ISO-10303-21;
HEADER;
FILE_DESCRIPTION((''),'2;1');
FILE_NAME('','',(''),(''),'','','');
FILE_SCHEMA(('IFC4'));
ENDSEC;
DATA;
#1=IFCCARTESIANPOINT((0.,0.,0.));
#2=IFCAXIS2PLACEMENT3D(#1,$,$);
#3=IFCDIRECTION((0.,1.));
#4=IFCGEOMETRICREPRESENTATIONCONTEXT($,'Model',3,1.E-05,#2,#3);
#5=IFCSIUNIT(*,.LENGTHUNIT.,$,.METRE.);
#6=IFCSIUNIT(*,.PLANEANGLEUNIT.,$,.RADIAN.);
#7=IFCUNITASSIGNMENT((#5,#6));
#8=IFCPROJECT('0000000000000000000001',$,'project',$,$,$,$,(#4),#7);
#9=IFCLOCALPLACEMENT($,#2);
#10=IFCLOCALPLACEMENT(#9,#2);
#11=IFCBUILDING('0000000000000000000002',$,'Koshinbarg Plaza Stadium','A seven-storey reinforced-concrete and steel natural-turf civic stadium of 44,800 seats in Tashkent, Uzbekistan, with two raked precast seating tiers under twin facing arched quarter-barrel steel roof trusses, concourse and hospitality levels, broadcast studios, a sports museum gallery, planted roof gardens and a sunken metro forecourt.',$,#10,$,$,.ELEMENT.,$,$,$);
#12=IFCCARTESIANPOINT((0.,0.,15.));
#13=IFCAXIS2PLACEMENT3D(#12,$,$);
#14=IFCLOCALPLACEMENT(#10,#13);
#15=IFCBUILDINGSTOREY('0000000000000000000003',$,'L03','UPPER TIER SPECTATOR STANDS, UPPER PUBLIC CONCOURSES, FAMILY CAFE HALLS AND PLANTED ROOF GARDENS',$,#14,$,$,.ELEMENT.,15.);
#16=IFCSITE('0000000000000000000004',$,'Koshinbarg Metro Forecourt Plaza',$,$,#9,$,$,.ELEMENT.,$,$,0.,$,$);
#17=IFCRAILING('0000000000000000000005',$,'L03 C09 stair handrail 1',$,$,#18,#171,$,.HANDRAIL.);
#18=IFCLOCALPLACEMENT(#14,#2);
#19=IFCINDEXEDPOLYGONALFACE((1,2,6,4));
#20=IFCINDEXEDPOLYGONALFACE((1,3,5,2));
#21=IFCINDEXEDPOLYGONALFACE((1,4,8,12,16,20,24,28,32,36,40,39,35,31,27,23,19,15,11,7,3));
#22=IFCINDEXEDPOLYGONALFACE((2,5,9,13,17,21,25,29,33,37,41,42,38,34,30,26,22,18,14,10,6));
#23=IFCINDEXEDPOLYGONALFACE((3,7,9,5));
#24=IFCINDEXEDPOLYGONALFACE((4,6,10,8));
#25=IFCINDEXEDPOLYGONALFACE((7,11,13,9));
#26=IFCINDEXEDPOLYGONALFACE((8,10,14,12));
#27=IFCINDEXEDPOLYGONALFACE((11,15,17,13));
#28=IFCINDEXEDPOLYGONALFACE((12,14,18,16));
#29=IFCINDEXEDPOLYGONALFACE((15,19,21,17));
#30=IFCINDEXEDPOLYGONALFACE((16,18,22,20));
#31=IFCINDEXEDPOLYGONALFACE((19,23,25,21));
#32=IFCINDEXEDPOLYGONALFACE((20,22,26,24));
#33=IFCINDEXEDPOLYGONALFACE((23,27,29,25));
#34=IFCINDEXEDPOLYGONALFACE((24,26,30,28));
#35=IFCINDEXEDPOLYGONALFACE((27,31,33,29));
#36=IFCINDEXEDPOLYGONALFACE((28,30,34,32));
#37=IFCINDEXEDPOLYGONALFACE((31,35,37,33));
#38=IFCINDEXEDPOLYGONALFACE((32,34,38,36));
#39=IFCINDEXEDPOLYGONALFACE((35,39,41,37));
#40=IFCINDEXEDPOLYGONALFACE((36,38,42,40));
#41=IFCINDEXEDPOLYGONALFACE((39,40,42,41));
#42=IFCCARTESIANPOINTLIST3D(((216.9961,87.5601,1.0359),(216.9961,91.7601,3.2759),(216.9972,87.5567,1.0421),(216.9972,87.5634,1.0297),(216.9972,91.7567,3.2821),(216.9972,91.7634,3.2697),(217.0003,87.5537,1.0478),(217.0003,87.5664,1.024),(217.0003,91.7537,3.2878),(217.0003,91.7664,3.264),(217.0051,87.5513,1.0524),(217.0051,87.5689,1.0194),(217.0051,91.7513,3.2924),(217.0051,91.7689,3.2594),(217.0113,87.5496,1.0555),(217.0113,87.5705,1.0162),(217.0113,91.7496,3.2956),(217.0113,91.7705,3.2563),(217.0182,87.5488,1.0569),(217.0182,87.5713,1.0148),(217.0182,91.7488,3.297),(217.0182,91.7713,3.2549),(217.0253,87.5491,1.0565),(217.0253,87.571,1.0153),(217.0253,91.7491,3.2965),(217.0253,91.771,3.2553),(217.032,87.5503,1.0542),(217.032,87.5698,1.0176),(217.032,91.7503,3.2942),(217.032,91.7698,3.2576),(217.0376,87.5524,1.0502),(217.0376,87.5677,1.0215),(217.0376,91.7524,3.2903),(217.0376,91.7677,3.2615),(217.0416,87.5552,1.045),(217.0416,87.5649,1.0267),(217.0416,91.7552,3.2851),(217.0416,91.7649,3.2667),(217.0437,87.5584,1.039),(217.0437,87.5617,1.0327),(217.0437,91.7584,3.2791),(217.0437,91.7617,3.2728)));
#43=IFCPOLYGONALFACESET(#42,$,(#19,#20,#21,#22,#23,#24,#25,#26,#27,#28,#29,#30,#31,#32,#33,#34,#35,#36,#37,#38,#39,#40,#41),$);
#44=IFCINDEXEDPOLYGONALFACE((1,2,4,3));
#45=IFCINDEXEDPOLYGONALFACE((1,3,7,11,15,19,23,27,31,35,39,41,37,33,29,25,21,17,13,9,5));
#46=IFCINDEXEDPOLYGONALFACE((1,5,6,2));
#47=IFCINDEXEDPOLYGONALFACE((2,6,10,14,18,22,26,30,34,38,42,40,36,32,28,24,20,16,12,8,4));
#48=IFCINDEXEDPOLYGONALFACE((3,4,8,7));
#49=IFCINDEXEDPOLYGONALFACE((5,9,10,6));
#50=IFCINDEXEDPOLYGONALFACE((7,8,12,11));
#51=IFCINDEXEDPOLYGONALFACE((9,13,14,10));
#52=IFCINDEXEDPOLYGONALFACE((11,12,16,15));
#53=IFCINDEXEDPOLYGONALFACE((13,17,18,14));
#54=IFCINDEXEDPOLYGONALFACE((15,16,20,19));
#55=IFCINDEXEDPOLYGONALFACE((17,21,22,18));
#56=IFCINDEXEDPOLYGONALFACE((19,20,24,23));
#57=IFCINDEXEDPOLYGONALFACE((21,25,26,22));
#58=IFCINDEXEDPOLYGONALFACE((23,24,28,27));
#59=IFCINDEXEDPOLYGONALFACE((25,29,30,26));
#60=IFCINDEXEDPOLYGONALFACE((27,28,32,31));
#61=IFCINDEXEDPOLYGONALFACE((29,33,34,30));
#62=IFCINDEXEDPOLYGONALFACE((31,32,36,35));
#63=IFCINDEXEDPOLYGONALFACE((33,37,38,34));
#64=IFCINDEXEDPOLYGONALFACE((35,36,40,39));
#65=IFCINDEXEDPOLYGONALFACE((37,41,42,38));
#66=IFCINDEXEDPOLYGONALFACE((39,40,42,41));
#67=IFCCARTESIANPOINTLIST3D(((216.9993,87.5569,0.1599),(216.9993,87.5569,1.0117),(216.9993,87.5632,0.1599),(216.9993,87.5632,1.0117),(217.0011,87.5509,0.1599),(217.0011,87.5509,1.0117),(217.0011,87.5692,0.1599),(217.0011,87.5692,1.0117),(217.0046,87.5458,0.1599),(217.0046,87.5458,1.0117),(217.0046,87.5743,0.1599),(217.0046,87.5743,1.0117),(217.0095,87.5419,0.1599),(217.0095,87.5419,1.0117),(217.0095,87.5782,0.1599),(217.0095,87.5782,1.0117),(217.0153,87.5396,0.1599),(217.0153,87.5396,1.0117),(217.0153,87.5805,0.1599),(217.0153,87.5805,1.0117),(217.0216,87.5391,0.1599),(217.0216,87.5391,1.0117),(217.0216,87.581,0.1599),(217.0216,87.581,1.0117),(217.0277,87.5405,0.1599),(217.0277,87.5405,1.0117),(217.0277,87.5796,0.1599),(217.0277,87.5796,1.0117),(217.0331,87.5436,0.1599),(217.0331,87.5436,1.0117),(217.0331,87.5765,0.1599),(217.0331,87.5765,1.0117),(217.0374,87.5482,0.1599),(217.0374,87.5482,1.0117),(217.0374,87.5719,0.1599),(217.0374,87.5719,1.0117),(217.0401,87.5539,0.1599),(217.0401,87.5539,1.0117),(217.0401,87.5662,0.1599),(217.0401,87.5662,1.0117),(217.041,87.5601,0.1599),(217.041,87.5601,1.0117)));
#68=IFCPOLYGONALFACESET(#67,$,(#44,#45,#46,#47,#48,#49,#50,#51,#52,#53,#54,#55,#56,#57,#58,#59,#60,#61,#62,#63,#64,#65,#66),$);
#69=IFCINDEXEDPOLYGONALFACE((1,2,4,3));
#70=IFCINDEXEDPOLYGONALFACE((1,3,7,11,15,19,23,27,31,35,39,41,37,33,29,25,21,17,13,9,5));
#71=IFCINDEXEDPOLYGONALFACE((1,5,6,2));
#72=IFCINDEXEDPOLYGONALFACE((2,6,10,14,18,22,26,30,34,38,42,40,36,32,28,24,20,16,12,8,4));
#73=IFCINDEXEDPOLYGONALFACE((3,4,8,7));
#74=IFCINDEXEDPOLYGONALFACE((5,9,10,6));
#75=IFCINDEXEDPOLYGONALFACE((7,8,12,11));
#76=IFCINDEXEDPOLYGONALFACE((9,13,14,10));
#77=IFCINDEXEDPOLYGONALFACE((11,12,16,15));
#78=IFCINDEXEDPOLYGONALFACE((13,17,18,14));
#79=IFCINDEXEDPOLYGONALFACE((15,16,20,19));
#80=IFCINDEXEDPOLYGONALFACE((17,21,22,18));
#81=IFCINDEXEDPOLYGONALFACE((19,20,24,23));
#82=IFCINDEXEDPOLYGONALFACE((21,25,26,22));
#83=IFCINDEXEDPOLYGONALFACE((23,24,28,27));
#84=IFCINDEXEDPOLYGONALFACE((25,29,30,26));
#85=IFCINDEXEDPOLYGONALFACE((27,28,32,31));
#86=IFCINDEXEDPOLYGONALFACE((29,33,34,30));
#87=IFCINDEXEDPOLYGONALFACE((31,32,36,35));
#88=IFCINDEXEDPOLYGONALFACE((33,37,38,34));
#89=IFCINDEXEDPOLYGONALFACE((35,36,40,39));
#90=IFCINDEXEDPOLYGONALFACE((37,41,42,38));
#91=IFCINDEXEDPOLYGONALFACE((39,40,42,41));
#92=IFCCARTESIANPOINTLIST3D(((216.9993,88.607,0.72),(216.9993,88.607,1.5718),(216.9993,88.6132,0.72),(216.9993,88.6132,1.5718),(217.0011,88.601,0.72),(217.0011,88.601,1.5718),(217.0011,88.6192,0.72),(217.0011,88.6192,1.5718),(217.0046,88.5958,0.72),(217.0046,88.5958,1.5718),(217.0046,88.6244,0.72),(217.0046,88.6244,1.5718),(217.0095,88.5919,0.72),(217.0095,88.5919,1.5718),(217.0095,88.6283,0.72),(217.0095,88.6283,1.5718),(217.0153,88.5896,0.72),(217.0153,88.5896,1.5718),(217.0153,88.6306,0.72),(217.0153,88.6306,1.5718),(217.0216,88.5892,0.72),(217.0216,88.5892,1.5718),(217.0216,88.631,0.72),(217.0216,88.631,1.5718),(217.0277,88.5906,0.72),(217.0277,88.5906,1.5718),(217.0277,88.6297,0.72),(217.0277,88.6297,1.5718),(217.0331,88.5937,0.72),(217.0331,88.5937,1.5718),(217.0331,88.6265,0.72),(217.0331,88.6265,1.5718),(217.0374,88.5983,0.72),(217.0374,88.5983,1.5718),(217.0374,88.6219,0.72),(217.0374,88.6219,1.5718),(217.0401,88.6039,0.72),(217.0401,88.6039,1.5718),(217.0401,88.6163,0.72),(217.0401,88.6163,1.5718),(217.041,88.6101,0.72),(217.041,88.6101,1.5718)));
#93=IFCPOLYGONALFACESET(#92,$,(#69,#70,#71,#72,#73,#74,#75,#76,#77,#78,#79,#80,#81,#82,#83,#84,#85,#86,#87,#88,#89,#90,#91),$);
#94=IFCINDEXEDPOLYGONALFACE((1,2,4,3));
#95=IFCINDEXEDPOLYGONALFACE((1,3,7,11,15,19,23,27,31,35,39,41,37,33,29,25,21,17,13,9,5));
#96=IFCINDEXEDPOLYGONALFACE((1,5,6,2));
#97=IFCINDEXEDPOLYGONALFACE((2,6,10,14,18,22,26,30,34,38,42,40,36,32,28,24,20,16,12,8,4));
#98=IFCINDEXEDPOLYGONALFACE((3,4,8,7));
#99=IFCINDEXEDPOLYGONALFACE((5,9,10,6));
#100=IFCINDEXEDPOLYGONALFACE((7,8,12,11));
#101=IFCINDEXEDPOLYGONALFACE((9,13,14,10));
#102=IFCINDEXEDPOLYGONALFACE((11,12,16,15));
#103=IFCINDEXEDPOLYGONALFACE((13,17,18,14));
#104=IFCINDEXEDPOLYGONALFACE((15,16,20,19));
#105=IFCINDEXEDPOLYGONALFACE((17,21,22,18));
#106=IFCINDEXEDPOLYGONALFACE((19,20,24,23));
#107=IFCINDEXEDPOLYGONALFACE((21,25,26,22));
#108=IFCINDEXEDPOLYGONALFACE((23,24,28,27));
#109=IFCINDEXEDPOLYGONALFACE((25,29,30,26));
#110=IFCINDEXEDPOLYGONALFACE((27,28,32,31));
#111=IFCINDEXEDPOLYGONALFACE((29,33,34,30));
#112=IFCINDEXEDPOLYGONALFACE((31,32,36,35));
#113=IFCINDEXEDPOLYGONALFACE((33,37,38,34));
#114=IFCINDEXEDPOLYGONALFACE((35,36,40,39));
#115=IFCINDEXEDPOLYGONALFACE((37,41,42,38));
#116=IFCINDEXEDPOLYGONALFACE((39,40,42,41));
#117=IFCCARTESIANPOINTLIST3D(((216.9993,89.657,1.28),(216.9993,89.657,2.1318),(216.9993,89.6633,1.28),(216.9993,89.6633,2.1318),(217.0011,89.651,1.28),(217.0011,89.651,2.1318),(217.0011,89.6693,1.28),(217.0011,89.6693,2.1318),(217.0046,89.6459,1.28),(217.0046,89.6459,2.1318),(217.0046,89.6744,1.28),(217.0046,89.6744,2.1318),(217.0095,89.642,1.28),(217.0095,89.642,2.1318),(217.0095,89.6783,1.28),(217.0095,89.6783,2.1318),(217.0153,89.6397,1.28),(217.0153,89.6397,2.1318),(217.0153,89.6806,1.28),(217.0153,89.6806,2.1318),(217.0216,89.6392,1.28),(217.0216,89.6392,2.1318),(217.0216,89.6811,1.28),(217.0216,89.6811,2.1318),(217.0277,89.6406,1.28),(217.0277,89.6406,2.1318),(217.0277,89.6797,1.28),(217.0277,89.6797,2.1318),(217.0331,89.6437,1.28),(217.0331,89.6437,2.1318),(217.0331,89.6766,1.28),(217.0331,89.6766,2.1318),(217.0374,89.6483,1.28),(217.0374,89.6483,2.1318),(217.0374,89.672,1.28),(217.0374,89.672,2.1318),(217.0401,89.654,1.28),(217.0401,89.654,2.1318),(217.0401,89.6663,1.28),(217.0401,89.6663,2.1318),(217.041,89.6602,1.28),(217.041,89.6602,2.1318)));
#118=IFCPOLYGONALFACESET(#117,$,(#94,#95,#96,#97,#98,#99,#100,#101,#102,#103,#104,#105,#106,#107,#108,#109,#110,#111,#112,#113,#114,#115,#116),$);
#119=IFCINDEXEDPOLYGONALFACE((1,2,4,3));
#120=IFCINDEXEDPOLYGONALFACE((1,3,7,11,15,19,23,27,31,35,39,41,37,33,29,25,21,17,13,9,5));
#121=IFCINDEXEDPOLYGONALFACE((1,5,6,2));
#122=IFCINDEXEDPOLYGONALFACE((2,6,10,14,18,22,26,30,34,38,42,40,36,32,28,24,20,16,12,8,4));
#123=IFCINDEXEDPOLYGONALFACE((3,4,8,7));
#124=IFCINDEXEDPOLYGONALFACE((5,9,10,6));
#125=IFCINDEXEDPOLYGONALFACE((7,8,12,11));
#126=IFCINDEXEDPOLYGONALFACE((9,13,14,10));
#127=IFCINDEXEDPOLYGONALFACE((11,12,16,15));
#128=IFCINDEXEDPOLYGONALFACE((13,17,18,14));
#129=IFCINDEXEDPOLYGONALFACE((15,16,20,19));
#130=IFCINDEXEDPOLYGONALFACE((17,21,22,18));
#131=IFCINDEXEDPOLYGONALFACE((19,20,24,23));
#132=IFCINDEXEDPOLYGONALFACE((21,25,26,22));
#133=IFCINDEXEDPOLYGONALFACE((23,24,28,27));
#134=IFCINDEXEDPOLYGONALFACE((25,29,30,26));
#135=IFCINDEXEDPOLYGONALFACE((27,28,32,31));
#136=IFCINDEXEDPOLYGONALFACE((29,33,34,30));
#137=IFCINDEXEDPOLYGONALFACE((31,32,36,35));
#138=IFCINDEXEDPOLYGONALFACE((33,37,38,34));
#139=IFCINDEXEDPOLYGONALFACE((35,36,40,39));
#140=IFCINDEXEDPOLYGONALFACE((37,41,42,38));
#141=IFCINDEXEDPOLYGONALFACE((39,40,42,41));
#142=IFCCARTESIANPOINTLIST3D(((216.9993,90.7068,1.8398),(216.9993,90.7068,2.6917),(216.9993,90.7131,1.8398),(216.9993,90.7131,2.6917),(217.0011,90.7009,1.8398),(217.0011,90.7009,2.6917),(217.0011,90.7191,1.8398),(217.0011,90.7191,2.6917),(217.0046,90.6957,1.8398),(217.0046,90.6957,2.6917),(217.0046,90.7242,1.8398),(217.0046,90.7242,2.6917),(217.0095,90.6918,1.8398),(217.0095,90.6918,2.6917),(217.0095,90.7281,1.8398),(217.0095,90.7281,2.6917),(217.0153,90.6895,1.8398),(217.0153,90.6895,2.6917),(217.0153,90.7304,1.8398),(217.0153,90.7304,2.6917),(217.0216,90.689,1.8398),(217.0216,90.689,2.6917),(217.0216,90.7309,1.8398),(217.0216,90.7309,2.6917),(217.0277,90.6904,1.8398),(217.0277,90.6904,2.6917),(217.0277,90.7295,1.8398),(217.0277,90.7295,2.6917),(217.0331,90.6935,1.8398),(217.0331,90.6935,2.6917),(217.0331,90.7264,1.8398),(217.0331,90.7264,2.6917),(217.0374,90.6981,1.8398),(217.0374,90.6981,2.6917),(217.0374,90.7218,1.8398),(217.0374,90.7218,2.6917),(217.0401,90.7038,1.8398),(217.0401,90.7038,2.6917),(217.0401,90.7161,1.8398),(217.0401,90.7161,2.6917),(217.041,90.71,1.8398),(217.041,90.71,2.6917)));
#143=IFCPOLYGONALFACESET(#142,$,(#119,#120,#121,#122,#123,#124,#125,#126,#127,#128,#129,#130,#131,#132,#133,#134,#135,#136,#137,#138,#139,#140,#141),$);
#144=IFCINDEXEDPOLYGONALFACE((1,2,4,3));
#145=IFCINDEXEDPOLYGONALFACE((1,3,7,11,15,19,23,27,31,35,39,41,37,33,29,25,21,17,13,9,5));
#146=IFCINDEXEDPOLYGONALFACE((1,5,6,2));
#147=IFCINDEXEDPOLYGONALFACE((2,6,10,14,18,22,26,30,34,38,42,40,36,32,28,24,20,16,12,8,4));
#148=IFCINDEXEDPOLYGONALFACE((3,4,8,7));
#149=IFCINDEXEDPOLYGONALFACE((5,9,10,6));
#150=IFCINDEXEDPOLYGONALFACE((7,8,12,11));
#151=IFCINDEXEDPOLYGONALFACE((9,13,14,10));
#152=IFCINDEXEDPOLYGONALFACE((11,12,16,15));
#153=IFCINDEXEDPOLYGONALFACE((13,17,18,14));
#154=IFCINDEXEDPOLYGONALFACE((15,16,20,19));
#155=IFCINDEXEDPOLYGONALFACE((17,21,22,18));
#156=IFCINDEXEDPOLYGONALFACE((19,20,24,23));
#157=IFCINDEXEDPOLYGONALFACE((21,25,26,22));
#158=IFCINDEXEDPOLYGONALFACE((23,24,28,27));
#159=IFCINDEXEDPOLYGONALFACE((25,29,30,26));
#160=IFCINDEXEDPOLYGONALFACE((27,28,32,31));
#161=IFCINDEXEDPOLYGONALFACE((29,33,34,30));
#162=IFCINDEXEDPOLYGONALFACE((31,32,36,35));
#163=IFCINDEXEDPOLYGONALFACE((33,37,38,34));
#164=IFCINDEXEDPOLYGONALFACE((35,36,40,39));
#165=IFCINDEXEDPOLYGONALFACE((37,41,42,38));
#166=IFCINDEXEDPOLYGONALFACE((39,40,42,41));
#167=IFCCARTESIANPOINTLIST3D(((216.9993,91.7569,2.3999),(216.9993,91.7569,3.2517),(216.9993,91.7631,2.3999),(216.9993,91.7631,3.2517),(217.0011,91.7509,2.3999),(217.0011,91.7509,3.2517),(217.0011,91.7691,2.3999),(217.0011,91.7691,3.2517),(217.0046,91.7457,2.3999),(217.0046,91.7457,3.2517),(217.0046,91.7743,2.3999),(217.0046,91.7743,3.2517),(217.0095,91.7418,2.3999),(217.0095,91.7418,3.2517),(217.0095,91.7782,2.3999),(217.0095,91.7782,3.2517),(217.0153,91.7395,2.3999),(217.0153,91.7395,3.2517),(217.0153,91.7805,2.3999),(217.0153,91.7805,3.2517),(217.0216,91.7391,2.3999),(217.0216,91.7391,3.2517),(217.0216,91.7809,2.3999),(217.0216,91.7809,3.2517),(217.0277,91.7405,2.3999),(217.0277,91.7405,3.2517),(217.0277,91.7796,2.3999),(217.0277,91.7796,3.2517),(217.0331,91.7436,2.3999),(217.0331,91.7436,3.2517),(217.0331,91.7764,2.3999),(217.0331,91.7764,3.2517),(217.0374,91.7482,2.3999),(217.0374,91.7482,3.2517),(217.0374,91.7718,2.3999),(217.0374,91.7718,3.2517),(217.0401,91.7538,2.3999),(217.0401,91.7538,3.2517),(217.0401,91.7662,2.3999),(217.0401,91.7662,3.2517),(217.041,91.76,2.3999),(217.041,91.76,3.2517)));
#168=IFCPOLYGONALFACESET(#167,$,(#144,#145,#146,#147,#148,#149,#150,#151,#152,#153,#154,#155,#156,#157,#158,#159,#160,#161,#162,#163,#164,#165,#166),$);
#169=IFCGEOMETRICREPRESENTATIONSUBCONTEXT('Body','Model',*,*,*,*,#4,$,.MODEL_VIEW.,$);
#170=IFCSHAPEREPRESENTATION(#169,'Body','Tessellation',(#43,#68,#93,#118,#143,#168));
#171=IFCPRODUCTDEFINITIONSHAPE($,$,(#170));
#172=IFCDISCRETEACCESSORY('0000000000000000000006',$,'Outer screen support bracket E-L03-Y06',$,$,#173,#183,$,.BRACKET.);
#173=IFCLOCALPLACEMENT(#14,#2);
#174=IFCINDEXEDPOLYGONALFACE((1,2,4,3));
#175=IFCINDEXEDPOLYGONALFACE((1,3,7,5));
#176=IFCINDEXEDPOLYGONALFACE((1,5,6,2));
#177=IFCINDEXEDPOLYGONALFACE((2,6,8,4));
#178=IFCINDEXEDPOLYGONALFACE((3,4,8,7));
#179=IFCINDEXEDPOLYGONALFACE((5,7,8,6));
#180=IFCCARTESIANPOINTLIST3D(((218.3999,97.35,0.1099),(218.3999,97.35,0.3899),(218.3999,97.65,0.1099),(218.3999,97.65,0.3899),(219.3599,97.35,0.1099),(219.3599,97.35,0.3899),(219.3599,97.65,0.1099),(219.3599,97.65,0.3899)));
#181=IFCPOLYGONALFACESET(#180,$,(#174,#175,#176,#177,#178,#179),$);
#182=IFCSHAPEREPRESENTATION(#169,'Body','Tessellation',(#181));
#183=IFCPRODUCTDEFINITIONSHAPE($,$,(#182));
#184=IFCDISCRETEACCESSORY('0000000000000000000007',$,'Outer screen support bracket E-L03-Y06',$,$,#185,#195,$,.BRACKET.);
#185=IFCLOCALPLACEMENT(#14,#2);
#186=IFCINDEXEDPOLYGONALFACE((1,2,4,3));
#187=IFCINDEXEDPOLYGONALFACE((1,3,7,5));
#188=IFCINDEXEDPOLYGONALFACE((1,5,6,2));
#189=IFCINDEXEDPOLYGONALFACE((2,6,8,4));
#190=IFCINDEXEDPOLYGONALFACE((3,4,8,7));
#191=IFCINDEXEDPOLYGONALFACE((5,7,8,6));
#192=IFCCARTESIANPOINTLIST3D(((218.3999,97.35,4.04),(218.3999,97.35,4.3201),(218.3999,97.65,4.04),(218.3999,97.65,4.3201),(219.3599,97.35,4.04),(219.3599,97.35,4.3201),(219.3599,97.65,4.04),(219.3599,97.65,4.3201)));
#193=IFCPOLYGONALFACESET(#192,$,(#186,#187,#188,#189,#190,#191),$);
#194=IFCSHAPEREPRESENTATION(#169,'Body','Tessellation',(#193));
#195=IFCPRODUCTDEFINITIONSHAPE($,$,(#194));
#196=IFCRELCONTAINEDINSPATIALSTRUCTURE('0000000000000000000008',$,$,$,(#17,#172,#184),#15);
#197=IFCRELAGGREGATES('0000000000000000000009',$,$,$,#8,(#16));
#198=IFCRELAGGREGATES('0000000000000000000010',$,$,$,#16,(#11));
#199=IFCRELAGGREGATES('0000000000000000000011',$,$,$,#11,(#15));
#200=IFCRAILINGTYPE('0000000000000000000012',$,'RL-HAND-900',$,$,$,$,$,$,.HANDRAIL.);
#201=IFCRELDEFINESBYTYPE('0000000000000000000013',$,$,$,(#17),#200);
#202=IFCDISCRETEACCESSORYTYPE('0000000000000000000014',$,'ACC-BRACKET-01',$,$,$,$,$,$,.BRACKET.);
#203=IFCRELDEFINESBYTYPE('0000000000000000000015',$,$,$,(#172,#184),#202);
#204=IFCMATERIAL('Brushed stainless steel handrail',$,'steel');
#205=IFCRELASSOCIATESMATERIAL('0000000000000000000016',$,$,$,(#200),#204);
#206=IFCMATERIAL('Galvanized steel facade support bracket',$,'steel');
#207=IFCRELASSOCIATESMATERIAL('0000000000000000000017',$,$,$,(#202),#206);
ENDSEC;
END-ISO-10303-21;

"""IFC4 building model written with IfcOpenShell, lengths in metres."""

from ifc_helpers import new_model, si_unit, direction, frame, origin, origin_2d, place, context, subcontext, project, spatial, rectangle, circle, extrude, material, type_object, element, save


model = new_model("IFC4")

# Units and contexts
model_context = context("Model", 3, precision=1e-05, world=origin(), true_north=direction((0.0, 1.0)))
body_context = subcontext(model_context, "Body", "Model", "MODEL_VIEW")
ifc_project = project(units=[si_unit("LENGTHUNIT", "METRE"), si_unit("PLANEANGLEUNIT", "RADIAN")], contexts=[model_context])

# Site, building, storey
site_placement = place(None, origin())
site = spatial("IfcSite", under=ifc_project, at=site_placement, Name="Koshinbarg Metro Forecourt Plaza", CompositionType="ELEMENT", RefElevation=0.0)
building_placement = place(site_placement, origin())
building = spatial("IfcBuilding", under=site, at=building_placement, Name="Koshinbarg Plaza Stadium", Description="A seven-storey reinforced-concrete and steel natural-turf civic stadium of 44,800 seats in Tashkent, Uzbekistan, with two raked precast seating tiers under twin facing arched quarter-barrel steel roof trusses, concourse and hospitality levels, broadcast studios, a sports museum gallery, planted roof gardens and a sunken metro forecourt.", CompositionType="ELEMENT")
storey_placement = place(building_placement, frame((0.0, 0.0, 15.0)))
storey = spatial("IfcBuildingStorey", under=building, at=storey_placement, Name="L03", Description="UPPER TIER SPECTATOR STANDS, UPPER PUBLIC CONCOURSES, FAMILY CAFE HALLS AND PLANTED ROOF GARDENS", CompositionType="ELEMENT", Elevation=15.0)

# Railing
ifc_material_1 = material(Name="Brushed stainless steel handrail", Category="steel")
railing_type_1 = type_object("IfcRailingType", Name="RL-HAND-900", PredefinedType="HANDRAIL", material=ifc_material_1)
railing_1_placement = place(storey_placement, frame((217.02, 87.5601, 0.1599)))
element("IfcRailing", 1, at=railing_1_placement, inside=storey, type_object=railing_type_1, Name="L03 C09 stair handrail 1", PredefinedType="HANDRAIL", context=body_context, shape_type="SweptSolid", body=[
    extrude(circle(Radius=0.0239, at=origin_2d()), frame((0.0, 0.0, 0.876), z_axis=(0.0, 0.882352, 0.470591), x_axis=(-1.0, 0.0, 0.0)), (0.0, 0.0, 1.0), 4.76),
    extrude(circle(Radius=0.021, at=origin_2d()), origin(), (0.0, 0.0, 1.0), 0.8518),
    extrude(circle(Radius=0.021, at=origin_2d()), frame((0.0, 1.05, 0.5601)), (0.0, 0.0, 1.0), 0.8518),
    extrude(circle(Radius=0.021, at=origin_2d()), frame((0.0, 2.1001, 1.1201)), (0.0, 0.0, 1.0), 0.8518),
    extrude(circle(Radius=0.021, at=origin_2d()), frame((0.0, 3.1499, 1.6799)), (0.0, 0.0, 1.0), 0.8518),
    extrude(circle(Radius=0.021, at=origin_2d()), frame((0.0, 4.2, 2.24)), (0.0, 0.0, 1.0), 0.8518),
])

# Discrete accessories
ifc_material_2 = material(Name="Galvanized steel facade support bracket", Category="steel")
discrete_accessory_type = type_object("IfcDiscreteAccessoryType", Name="ACC-BRACKET-01", PredefinedType="BRACKET", material=ifc_material_2)
for number, where, z_axis, x_axis, name in (
    (2, (218.8799, 97.5, 0.1099), (0.0, 0.0, 1.0), (1.0, 0.0, 0.0), "Outer screen support bracket E-L03-Y06"),
    (3, (218.8799, 97.5, 4.04), (0.0, 0.0, 1.0), (1.0, 0.0, 0.0), "Outer screen support bracket E-L03-Y06"),
):
    element("IfcDiscreteAccessory", number, at=place(storey_placement, frame(where, z_axis=z_axis, x_axis=x_axis)), inside=storey, type_object=discrete_accessory_type, Name=name, PredefinedType="BRACKET", context=body_context, shape_type="SweptSolid", body=[
        extrude(rectangle(XDim=0.96, YDim=0.3, at=origin_2d()), origin(), (0.0, 0.0, 1.0), 0.28),
    ])

save(model, "model.ifc")
